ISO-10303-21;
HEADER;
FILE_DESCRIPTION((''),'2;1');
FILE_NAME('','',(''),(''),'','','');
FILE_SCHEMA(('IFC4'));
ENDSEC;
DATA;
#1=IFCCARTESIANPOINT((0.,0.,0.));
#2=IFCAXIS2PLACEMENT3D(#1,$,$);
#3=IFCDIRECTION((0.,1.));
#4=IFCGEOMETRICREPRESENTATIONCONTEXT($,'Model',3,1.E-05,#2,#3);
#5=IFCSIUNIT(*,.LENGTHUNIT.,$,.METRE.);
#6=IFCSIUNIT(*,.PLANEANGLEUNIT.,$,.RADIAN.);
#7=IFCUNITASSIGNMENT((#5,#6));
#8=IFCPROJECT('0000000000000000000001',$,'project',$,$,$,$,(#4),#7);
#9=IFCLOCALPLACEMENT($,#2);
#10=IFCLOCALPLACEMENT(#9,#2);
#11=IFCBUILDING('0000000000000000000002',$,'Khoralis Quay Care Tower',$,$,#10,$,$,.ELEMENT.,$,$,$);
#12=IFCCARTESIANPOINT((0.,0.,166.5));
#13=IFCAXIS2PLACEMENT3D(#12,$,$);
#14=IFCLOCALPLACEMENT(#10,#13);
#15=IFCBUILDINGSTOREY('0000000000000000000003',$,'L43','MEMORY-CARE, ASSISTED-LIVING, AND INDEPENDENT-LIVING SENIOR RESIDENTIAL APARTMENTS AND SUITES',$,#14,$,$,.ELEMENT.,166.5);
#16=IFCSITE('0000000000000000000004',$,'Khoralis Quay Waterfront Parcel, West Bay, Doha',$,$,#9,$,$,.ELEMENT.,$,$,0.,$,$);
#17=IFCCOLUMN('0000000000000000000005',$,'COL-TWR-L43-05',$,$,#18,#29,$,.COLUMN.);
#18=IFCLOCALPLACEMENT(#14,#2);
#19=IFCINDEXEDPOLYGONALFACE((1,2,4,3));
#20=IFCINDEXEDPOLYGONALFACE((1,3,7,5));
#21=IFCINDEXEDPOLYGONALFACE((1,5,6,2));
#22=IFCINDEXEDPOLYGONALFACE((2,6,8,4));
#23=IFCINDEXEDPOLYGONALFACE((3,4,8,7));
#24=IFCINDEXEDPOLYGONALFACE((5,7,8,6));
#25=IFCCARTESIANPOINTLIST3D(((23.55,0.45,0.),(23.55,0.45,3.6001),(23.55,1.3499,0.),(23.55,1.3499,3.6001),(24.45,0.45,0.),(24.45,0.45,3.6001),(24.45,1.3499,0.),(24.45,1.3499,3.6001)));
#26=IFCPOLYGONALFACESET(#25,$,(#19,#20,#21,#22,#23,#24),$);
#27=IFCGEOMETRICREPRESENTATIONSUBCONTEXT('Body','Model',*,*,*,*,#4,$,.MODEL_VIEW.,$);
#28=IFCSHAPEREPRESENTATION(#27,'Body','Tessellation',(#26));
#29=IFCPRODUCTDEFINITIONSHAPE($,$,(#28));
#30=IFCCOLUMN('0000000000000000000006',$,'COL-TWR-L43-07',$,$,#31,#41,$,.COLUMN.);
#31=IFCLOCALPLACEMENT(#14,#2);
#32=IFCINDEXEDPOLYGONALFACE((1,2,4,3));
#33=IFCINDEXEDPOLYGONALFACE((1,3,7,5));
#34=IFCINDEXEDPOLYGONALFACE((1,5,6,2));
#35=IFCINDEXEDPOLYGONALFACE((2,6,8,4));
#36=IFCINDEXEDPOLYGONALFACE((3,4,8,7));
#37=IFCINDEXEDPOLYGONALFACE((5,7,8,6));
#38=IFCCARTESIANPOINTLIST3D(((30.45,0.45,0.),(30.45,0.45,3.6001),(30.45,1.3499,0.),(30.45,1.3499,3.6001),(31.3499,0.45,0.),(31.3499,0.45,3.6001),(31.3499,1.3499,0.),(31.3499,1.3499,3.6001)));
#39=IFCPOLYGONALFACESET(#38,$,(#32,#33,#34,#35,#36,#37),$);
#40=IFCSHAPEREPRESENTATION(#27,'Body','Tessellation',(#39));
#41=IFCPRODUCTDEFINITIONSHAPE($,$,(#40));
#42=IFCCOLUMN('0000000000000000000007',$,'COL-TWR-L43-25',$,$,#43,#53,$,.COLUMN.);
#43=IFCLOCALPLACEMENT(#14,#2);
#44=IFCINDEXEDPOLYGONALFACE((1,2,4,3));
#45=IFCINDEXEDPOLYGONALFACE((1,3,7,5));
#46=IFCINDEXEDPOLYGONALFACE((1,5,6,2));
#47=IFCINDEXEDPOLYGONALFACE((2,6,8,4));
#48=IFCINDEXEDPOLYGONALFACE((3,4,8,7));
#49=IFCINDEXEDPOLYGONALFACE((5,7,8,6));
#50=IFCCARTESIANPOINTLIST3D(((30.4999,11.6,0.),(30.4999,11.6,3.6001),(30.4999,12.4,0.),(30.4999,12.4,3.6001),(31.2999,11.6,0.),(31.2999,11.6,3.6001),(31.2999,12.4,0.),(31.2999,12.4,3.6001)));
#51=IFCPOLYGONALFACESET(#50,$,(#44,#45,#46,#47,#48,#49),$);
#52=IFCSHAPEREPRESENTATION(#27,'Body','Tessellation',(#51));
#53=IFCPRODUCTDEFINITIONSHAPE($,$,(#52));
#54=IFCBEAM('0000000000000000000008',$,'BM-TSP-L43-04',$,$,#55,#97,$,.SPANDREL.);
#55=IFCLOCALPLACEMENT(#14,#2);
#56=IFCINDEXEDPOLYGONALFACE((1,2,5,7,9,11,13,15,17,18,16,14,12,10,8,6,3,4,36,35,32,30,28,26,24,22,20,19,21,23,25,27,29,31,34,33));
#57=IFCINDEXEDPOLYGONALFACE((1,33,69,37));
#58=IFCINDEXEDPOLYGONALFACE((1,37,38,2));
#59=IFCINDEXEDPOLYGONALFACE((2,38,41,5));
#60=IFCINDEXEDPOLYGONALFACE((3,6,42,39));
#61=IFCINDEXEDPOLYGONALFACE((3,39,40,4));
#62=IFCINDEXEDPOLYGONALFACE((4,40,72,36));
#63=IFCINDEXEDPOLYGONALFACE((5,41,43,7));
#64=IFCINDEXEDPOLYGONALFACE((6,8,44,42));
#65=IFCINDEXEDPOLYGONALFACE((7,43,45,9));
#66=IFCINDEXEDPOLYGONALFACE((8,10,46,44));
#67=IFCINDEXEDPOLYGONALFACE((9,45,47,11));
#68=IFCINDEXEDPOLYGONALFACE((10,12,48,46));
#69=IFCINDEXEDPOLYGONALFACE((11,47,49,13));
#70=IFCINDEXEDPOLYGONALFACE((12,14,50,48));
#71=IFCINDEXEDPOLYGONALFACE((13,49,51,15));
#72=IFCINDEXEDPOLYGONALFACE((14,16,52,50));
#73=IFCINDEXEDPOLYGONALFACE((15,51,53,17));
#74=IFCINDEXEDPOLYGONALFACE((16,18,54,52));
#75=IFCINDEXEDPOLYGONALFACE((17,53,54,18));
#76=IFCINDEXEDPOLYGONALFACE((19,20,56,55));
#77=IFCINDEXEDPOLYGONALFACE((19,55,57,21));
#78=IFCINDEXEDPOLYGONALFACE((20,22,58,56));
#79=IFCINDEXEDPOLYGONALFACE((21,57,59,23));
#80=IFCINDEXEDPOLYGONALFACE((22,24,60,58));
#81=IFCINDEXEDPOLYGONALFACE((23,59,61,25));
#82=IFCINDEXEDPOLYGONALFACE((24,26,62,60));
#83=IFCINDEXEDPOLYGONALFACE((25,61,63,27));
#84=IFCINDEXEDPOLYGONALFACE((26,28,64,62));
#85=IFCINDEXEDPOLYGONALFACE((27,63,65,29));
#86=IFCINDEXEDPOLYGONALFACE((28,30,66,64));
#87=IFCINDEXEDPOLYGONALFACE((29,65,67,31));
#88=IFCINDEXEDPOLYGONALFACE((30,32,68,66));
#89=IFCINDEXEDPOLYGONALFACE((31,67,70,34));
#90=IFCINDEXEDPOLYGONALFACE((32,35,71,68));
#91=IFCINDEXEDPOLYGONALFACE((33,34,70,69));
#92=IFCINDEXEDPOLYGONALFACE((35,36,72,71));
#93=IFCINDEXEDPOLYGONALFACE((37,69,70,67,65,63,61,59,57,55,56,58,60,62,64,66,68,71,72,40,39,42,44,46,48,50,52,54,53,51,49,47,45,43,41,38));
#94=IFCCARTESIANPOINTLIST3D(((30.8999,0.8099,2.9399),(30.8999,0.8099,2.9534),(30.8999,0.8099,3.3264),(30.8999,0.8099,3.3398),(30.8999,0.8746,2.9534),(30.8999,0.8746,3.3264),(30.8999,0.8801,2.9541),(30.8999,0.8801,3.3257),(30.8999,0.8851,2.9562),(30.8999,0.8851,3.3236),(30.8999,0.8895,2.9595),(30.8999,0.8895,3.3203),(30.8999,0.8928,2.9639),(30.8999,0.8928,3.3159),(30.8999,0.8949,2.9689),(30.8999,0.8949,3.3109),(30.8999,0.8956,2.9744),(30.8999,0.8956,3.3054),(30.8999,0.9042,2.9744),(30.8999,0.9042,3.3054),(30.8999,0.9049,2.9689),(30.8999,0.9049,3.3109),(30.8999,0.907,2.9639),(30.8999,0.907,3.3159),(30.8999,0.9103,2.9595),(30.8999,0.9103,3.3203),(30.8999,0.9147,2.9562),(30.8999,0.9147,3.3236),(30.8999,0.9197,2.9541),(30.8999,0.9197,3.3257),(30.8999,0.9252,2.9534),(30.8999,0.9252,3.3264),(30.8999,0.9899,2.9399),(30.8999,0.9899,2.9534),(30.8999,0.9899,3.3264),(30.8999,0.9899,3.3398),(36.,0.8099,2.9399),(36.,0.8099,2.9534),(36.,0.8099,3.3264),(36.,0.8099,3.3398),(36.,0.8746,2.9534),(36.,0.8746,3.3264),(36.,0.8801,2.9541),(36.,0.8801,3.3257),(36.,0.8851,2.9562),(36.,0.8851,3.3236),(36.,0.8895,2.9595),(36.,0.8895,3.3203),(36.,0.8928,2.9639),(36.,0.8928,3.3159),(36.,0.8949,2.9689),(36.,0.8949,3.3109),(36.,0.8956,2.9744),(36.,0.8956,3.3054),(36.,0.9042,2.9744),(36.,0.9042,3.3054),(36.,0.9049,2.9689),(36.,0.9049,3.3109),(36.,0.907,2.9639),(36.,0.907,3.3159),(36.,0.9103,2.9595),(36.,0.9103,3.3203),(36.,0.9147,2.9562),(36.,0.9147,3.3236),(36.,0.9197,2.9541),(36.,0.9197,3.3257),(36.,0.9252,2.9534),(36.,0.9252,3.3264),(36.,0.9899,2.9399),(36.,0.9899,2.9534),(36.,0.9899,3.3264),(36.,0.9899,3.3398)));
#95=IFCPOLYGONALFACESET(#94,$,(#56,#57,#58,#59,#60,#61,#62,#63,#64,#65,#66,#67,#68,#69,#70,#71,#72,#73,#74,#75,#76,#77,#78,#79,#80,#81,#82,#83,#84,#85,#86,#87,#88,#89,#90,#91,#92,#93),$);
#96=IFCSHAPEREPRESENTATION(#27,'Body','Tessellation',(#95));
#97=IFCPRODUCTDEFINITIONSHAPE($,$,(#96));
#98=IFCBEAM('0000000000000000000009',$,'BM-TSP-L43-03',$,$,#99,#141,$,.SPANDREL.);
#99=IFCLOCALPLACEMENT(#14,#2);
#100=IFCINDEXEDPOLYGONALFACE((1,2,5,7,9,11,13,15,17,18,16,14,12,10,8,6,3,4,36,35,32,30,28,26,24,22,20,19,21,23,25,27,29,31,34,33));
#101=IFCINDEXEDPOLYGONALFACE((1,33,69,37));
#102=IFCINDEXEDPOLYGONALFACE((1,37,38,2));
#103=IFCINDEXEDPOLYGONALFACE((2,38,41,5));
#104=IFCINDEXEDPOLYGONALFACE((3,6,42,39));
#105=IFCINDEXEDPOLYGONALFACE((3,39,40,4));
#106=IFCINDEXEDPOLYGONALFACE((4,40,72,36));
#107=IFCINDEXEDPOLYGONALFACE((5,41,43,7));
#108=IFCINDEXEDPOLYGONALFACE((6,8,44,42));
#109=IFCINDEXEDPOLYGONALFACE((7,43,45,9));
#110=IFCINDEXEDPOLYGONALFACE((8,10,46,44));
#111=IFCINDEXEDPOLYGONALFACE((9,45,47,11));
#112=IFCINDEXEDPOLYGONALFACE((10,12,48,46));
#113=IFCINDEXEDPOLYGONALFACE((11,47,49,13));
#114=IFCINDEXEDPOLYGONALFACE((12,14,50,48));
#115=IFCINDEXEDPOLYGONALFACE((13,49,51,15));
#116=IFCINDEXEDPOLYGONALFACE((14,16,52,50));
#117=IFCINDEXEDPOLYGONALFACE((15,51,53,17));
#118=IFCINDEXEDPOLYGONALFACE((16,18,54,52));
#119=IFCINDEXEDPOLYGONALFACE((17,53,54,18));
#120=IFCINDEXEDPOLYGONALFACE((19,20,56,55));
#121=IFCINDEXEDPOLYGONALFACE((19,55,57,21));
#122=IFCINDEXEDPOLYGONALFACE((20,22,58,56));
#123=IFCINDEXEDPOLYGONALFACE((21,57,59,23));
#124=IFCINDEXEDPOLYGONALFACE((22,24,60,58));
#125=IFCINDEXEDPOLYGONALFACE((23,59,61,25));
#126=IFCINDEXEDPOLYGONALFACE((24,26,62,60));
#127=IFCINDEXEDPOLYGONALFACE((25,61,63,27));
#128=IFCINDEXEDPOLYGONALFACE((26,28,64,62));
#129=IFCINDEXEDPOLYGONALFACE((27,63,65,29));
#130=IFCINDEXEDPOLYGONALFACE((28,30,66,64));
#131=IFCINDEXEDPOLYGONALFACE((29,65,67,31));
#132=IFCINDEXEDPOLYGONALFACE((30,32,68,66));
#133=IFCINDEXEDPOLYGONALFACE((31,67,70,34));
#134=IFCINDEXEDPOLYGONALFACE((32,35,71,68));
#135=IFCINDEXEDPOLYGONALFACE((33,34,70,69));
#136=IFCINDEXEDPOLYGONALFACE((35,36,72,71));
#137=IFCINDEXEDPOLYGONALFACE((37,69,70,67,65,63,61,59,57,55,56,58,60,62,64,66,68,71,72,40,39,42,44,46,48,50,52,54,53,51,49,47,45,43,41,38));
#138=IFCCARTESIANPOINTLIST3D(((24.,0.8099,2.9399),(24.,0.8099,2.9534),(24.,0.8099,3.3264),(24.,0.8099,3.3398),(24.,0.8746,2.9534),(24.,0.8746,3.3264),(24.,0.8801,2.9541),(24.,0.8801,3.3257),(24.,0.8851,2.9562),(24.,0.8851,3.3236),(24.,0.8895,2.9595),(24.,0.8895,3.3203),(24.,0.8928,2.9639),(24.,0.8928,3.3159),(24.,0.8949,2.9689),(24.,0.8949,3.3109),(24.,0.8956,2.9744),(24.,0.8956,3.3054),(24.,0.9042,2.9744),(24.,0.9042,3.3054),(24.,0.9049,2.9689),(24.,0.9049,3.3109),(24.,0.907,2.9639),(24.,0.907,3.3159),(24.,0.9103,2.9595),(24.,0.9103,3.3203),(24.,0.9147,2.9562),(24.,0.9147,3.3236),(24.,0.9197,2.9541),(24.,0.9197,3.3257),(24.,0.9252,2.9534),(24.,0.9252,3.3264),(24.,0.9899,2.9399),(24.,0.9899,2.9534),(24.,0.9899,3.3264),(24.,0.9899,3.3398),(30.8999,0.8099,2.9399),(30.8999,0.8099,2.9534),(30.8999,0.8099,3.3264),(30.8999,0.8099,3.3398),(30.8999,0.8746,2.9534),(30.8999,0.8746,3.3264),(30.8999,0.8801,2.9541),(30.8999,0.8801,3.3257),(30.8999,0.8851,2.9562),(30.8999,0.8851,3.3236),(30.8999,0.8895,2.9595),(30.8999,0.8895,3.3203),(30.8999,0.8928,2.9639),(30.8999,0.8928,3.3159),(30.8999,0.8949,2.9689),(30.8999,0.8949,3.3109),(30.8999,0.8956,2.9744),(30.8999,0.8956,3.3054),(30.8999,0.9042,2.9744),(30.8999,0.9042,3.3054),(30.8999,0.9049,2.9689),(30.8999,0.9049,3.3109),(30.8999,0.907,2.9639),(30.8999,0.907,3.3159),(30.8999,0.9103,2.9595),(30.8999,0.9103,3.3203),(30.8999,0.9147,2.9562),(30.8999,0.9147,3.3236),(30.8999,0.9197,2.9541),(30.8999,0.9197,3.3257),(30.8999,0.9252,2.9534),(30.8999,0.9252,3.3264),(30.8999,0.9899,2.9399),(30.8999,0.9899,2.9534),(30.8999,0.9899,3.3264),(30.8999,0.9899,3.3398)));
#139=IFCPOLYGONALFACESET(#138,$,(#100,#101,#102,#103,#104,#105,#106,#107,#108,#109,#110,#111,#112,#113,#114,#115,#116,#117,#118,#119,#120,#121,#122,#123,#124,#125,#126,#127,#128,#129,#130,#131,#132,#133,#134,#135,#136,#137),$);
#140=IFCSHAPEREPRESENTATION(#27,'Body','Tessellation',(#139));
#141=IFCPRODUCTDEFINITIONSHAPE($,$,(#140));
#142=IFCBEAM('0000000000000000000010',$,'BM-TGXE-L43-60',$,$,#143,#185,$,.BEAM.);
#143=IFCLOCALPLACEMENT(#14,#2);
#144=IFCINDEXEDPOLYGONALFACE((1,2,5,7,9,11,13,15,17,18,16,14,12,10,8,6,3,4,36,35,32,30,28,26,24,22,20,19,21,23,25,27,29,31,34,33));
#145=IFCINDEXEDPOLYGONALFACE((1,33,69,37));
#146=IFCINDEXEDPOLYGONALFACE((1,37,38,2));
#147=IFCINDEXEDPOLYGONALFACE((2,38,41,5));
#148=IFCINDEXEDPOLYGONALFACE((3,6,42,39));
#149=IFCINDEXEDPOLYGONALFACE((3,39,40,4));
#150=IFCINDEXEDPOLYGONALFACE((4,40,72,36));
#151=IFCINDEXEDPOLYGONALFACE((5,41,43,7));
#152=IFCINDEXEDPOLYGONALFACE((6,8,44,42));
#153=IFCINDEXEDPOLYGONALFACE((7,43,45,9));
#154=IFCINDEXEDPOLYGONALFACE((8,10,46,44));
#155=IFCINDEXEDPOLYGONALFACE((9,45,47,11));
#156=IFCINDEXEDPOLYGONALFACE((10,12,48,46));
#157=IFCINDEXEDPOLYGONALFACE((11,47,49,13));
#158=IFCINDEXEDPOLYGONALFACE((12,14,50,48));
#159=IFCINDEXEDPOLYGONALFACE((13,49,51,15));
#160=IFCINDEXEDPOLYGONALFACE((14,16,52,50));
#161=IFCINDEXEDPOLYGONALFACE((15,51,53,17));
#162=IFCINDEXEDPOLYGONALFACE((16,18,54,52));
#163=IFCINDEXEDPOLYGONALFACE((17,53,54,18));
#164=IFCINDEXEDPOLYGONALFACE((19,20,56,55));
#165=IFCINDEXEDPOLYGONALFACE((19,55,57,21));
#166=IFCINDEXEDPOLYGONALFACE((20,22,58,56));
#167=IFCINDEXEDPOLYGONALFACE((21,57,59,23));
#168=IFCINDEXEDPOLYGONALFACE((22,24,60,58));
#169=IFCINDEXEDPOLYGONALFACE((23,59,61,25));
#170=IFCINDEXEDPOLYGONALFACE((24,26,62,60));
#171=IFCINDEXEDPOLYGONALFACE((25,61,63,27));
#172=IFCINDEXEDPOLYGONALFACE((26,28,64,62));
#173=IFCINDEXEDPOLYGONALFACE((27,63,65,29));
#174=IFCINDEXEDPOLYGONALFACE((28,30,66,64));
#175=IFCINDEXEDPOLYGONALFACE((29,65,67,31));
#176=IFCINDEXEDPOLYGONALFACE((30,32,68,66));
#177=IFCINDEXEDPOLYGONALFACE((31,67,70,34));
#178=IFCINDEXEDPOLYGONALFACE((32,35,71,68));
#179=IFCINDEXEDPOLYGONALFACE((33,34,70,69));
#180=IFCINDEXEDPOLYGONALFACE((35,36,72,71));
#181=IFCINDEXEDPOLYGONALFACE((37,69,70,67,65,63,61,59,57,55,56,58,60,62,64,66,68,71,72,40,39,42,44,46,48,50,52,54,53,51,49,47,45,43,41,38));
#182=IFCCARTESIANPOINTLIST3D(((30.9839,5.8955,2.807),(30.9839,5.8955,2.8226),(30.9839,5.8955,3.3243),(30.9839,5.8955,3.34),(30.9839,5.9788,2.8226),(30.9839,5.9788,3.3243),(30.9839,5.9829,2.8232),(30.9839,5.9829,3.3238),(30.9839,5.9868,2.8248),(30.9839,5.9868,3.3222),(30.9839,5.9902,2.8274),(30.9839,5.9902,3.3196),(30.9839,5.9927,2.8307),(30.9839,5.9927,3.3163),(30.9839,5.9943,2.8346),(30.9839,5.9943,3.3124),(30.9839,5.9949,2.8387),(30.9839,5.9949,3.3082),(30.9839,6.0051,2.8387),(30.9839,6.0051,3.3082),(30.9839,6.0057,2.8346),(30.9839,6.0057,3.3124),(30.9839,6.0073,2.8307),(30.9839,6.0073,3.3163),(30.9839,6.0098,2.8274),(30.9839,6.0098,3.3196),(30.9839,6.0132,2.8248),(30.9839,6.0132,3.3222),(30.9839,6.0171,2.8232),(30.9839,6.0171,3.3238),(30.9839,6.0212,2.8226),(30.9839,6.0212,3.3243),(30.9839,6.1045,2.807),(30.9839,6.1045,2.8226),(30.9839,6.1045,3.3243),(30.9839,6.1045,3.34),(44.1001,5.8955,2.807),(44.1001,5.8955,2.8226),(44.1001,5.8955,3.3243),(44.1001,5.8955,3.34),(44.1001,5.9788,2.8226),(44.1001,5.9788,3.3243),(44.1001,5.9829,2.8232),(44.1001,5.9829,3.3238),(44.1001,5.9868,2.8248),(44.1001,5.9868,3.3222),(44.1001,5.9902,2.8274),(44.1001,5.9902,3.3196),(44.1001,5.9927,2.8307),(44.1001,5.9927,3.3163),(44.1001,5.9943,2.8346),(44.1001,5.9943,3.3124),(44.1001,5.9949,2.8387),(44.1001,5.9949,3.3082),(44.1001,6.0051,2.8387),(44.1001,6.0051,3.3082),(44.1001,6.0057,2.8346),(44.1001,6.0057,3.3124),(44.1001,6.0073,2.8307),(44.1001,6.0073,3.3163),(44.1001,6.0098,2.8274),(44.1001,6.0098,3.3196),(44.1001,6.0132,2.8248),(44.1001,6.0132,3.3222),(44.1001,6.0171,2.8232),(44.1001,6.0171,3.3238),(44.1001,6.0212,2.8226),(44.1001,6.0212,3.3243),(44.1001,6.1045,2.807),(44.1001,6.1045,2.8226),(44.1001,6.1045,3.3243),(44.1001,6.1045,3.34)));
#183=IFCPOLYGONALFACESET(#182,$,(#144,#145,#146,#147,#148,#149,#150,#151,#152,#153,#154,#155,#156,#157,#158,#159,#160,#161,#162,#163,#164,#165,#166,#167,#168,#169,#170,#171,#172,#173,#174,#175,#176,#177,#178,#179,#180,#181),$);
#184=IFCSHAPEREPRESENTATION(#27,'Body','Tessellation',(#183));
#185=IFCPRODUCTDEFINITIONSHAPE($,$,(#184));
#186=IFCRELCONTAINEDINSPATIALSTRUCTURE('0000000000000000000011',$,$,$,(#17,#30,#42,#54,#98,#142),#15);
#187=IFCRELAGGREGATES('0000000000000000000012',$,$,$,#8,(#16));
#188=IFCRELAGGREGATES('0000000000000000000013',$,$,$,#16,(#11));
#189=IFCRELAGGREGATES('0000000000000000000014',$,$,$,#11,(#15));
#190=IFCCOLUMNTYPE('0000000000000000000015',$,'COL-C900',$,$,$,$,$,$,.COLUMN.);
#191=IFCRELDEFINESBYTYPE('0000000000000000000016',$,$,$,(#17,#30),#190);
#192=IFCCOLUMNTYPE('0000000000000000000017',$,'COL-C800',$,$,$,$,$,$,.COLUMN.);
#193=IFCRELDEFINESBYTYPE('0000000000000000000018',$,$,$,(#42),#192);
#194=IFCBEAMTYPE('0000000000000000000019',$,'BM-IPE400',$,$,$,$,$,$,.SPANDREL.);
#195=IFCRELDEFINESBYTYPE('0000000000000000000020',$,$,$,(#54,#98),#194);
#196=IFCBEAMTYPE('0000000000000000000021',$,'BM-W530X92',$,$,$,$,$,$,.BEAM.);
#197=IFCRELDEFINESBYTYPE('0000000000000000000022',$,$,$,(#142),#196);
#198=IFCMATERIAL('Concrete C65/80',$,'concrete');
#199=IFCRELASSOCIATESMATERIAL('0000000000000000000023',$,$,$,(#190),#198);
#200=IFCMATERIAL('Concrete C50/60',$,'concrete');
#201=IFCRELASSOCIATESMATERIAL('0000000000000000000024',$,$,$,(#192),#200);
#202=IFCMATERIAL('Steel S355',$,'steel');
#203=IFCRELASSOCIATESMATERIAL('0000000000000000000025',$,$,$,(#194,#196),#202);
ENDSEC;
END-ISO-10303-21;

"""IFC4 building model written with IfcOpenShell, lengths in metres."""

from ifc_helpers import new_model, si_unit, direction, frame, origin, origin_2d, place, context, subcontext, project, spatial, rectangle, i_section, extrude, source, transform, mapped, material, material_profile, profile_set, type_object, element, save


model = new_model("IFC4")

# Units and contexts
model_context = context("Model", 3, precision=1e-05, world=origin(), true_north=direction((0.0, 1.0)))
body_context = subcontext(model_context, "Body", "Model", "MODEL_VIEW")
ifc_project = project(units=[si_unit("LENGTHUNIT", "METRE"), si_unit("PLANEANGLEUNIT", "RADIAN")], contexts=[model_context])

# Site, building, storey
site_placement = place(None, origin())
site = spatial("IfcSite", under=ifc_project, at=site_placement, Name="Khoralis Quay Waterfront Parcel, West Bay, Doha", CompositionType="ELEMENT", RefElevation=0.0)
building_placement = place(site_placement, origin())
building = spatial("IfcBuilding", under=site, at=building_placement, Name="Khoralis Quay Care Tower", CompositionType="ELEMENT")
storey_placement = place(building_placement, frame((0.0, 0.0, 166.5)))
storey = spatial("IfcBuildingStorey", under=building, at=storey_placement, Name="L43", Description="MEMORY-CARE, ASSISTED-LIVING, AND INDEPENDENT-LIVING SENIOR RESIDENTIAL APARTMENTS AND SUITES", CompositionType="ELEMENT", Elevation=166.5)

# Columns
ifc_material_1 = material(Name="Concrete C65/80", Category="concrete")
ifc_material_profile_1 = material_profile(ifc_material_1, rectangle(XDim=0.8999, YDim=0.8999, at=origin_2d()), Name="Concrete C65/80")
ifc_profile_set_1 = profile_set([ifc_material_profile_1], Name="Concrete C65/80")
column_type_1 = type_object("IfcColumnType", Name="COL-C900", PredefinedType="COLUMN", material=ifc_profile_set_1)
shared_shape_1 = source(origin(), body_context, "Body", "SweptSolid", [
    extrude(rectangle(XDim=0.8999, YDim=0.8999, at=origin_2d()), origin(), (0.0, 0.0, 1.0), 3.6001),
])
for number, where, z_axis, x_axis, name in (
    (1, (24.0, 0.8999, 0.0), (0.0, 0.0, 1.0), (1.0, 0.0, 0.0), "COL-TWR-L43-05"),
    (2, (30.8999, 0.8999, 0.0), (0.0, 0.0, 1.0), (1.0, 0.0, 0.0), "COL-TWR-L43-07"),
):
    element("IfcColumn", number, at=place(storey_placement, frame(where, z_axis=z_axis, x_axis=x_axis)), inside=storey, type_object=column_type_1, Name=name, PredefinedType="COLUMN", context=body_context, shape_type="MappedRepresentation", body=[
        mapped(shared_shape_1, transform((0.0, 0.0, 0.0), scale=1.0)),
    ])
ifc_material_2 = material(Name="Concrete C50/60", Category="concrete")
ifc_material_profile_2 = material_profile(ifc_material_2, rectangle(XDim=0.8, YDim=0.8, at=origin_2d()), Name="Concrete C50/60")
ifc_profile_set_2 = profile_set([ifc_material_profile_2], Name="Concrete C50/60")
column_type_2 = type_object("IfcColumnType", Name="COL-C800", PredefinedType="COLUMN", material=ifc_profile_set_2)
shared_shape_2 = source(origin(), body_context, "Body", "SweptSolid", [
    extrude(rectangle(XDim=0.8, YDim=0.8, at=origin_2d()), origin(), (0.0, 0.0, 1.0), 3.6001),
])
column_placement = place(storey_placement, frame((30.8999, 12.0, 0.0), z_axis=(0.0, 0.0, 1.0), x_axis=(1.0, 0.0, 0.0)))
element("IfcColumn", 3, at=column_placement, inside=storey, type_object=column_type_2, Name="COL-TWR-L43-25", PredefinedType="COLUMN", context=body_context, shape_type="MappedRepresentation", body=[
    mapped(shared_shape_2, transform((0.0, 0.0, 0.0), scale=1.0)),
])

# Beams
ifc_material_3 = material(Name="Steel S355", Category="steel")
ifc_material_profile_3 = material_profile(ifc_material_3, i_section(OverallWidth=0.1799, OverallDepth=0.3999, WebThickness=0.0085, FlangeThickness=0.0134, FilletRadius=0.021, at=origin_2d()), Name="Steel S355")
ifc_profile_set_3 = profile_set([ifc_material_profile_3], Name="Steel S355")
beam_type_1 = type_object("IfcBeamType", Name="BM-IPE400", PredefinedType="SPANDREL", material=ifc_profile_set_3)
shared_shape_3 = source(origin(), body_context, "Body", "SweptSolid", [
    extrude(i_section(OverallWidth=0.1799, OverallDepth=0.3999, WebThickness=0.0085, FlangeThickness=0.0134, FilletRadius=0.021, at=origin_2d()), origin(), (0.0, 0.0, 1.0), 5.1001),
])
beam_1_placement = place(storey_placement, frame((30.8999, 0.8999, 3.1399), z_axis=(1.0, 0.0, 0.0), x_axis=(0.0, 1.0, 0.0)))
element("IfcBeam", 4, at=beam_1_placement, inside=storey, type_object=beam_type_1, Name="BM-TSP-L43-04", PredefinedType="SPANDREL", context=body_context, shape_type="MappedRepresentation", body=[
    mapped(shared_shape_3, transform((0.0, 0.0, 0.0), scale=1.0)),
])
shared_shape_4 = source(origin(), body_context, "Body", "SweptSolid", [
    extrude(i_section(OverallWidth=0.1799, OverallDepth=0.3999, WebThickness=0.0085, FlangeThickness=0.0134, FilletRadius=0.021, at=origin_2d()), origin(), (0.0, 0.0, 1.0), 6.8999),
])
beam_2_placement = place(storey_placement, frame((24.0, 0.8999, 3.1399), z_axis=(1.0, 0.0, 0.0), x_axis=(0.0, 1.0, 0.0)))
element("IfcBeam", 5, at=beam_2_placement, inside=storey, type_object=beam_type_1, Name="BM-TSP-L43-03", PredefinedType="SPANDREL", context=body_context, shape_type="MappedRepresentation", body=[
    mapped(shared_shape_4, transform((0.0, 0.0, 0.0), scale=1.0)),
])
ifc_material_profile_4 = material_profile(ifc_material_3, i_section(OverallWidth=0.209, OverallDepth=0.533, WebThickness=0.0103, FlangeThickness=0.0156, FilletRadius=0.0161, at=origin_2d()), Name="Steel S355")
ifc_profile_set_4 = profile_set([ifc_material_profile_4], Name="Steel S355")
beam_type_2 = type_object("IfcBeamType", Name="BM-W530X92", PredefinedType="BEAM", material=ifc_profile_set_4)
shared_shape_5 = source(origin(), body_context, "Body", "SweptSolid", [
    extrude(i_section(OverallWidth=0.209, OverallDepth=0.533, WebThickness=0.0103, FlangeThickness=0.0156, FilletRadius=0.0161, at=origin_2d()), origin(), (0.0, 0.0, 1.0), 13.1162),
])
beam_3_placement = place(storey_placement, frame((30.9839, 6.0, 3.0735), z_axis=(1.0, 0.0, 0.0), x_axis=(0.0, 1.0, 0.0)))
element("IfcBeam", 6, at=beam_3_placement, inside=storey, type_object=beam_type_2, Name="BM-TGXE-L43-60", PredefinedType="BEAM", context=body_context, shape_type="MappedRepresentation", body=[
    mapped(shared_shape_5, transform((0.0, 0.0, 0.0), scale=1.0)),
])

save(model, "model.ifc")
